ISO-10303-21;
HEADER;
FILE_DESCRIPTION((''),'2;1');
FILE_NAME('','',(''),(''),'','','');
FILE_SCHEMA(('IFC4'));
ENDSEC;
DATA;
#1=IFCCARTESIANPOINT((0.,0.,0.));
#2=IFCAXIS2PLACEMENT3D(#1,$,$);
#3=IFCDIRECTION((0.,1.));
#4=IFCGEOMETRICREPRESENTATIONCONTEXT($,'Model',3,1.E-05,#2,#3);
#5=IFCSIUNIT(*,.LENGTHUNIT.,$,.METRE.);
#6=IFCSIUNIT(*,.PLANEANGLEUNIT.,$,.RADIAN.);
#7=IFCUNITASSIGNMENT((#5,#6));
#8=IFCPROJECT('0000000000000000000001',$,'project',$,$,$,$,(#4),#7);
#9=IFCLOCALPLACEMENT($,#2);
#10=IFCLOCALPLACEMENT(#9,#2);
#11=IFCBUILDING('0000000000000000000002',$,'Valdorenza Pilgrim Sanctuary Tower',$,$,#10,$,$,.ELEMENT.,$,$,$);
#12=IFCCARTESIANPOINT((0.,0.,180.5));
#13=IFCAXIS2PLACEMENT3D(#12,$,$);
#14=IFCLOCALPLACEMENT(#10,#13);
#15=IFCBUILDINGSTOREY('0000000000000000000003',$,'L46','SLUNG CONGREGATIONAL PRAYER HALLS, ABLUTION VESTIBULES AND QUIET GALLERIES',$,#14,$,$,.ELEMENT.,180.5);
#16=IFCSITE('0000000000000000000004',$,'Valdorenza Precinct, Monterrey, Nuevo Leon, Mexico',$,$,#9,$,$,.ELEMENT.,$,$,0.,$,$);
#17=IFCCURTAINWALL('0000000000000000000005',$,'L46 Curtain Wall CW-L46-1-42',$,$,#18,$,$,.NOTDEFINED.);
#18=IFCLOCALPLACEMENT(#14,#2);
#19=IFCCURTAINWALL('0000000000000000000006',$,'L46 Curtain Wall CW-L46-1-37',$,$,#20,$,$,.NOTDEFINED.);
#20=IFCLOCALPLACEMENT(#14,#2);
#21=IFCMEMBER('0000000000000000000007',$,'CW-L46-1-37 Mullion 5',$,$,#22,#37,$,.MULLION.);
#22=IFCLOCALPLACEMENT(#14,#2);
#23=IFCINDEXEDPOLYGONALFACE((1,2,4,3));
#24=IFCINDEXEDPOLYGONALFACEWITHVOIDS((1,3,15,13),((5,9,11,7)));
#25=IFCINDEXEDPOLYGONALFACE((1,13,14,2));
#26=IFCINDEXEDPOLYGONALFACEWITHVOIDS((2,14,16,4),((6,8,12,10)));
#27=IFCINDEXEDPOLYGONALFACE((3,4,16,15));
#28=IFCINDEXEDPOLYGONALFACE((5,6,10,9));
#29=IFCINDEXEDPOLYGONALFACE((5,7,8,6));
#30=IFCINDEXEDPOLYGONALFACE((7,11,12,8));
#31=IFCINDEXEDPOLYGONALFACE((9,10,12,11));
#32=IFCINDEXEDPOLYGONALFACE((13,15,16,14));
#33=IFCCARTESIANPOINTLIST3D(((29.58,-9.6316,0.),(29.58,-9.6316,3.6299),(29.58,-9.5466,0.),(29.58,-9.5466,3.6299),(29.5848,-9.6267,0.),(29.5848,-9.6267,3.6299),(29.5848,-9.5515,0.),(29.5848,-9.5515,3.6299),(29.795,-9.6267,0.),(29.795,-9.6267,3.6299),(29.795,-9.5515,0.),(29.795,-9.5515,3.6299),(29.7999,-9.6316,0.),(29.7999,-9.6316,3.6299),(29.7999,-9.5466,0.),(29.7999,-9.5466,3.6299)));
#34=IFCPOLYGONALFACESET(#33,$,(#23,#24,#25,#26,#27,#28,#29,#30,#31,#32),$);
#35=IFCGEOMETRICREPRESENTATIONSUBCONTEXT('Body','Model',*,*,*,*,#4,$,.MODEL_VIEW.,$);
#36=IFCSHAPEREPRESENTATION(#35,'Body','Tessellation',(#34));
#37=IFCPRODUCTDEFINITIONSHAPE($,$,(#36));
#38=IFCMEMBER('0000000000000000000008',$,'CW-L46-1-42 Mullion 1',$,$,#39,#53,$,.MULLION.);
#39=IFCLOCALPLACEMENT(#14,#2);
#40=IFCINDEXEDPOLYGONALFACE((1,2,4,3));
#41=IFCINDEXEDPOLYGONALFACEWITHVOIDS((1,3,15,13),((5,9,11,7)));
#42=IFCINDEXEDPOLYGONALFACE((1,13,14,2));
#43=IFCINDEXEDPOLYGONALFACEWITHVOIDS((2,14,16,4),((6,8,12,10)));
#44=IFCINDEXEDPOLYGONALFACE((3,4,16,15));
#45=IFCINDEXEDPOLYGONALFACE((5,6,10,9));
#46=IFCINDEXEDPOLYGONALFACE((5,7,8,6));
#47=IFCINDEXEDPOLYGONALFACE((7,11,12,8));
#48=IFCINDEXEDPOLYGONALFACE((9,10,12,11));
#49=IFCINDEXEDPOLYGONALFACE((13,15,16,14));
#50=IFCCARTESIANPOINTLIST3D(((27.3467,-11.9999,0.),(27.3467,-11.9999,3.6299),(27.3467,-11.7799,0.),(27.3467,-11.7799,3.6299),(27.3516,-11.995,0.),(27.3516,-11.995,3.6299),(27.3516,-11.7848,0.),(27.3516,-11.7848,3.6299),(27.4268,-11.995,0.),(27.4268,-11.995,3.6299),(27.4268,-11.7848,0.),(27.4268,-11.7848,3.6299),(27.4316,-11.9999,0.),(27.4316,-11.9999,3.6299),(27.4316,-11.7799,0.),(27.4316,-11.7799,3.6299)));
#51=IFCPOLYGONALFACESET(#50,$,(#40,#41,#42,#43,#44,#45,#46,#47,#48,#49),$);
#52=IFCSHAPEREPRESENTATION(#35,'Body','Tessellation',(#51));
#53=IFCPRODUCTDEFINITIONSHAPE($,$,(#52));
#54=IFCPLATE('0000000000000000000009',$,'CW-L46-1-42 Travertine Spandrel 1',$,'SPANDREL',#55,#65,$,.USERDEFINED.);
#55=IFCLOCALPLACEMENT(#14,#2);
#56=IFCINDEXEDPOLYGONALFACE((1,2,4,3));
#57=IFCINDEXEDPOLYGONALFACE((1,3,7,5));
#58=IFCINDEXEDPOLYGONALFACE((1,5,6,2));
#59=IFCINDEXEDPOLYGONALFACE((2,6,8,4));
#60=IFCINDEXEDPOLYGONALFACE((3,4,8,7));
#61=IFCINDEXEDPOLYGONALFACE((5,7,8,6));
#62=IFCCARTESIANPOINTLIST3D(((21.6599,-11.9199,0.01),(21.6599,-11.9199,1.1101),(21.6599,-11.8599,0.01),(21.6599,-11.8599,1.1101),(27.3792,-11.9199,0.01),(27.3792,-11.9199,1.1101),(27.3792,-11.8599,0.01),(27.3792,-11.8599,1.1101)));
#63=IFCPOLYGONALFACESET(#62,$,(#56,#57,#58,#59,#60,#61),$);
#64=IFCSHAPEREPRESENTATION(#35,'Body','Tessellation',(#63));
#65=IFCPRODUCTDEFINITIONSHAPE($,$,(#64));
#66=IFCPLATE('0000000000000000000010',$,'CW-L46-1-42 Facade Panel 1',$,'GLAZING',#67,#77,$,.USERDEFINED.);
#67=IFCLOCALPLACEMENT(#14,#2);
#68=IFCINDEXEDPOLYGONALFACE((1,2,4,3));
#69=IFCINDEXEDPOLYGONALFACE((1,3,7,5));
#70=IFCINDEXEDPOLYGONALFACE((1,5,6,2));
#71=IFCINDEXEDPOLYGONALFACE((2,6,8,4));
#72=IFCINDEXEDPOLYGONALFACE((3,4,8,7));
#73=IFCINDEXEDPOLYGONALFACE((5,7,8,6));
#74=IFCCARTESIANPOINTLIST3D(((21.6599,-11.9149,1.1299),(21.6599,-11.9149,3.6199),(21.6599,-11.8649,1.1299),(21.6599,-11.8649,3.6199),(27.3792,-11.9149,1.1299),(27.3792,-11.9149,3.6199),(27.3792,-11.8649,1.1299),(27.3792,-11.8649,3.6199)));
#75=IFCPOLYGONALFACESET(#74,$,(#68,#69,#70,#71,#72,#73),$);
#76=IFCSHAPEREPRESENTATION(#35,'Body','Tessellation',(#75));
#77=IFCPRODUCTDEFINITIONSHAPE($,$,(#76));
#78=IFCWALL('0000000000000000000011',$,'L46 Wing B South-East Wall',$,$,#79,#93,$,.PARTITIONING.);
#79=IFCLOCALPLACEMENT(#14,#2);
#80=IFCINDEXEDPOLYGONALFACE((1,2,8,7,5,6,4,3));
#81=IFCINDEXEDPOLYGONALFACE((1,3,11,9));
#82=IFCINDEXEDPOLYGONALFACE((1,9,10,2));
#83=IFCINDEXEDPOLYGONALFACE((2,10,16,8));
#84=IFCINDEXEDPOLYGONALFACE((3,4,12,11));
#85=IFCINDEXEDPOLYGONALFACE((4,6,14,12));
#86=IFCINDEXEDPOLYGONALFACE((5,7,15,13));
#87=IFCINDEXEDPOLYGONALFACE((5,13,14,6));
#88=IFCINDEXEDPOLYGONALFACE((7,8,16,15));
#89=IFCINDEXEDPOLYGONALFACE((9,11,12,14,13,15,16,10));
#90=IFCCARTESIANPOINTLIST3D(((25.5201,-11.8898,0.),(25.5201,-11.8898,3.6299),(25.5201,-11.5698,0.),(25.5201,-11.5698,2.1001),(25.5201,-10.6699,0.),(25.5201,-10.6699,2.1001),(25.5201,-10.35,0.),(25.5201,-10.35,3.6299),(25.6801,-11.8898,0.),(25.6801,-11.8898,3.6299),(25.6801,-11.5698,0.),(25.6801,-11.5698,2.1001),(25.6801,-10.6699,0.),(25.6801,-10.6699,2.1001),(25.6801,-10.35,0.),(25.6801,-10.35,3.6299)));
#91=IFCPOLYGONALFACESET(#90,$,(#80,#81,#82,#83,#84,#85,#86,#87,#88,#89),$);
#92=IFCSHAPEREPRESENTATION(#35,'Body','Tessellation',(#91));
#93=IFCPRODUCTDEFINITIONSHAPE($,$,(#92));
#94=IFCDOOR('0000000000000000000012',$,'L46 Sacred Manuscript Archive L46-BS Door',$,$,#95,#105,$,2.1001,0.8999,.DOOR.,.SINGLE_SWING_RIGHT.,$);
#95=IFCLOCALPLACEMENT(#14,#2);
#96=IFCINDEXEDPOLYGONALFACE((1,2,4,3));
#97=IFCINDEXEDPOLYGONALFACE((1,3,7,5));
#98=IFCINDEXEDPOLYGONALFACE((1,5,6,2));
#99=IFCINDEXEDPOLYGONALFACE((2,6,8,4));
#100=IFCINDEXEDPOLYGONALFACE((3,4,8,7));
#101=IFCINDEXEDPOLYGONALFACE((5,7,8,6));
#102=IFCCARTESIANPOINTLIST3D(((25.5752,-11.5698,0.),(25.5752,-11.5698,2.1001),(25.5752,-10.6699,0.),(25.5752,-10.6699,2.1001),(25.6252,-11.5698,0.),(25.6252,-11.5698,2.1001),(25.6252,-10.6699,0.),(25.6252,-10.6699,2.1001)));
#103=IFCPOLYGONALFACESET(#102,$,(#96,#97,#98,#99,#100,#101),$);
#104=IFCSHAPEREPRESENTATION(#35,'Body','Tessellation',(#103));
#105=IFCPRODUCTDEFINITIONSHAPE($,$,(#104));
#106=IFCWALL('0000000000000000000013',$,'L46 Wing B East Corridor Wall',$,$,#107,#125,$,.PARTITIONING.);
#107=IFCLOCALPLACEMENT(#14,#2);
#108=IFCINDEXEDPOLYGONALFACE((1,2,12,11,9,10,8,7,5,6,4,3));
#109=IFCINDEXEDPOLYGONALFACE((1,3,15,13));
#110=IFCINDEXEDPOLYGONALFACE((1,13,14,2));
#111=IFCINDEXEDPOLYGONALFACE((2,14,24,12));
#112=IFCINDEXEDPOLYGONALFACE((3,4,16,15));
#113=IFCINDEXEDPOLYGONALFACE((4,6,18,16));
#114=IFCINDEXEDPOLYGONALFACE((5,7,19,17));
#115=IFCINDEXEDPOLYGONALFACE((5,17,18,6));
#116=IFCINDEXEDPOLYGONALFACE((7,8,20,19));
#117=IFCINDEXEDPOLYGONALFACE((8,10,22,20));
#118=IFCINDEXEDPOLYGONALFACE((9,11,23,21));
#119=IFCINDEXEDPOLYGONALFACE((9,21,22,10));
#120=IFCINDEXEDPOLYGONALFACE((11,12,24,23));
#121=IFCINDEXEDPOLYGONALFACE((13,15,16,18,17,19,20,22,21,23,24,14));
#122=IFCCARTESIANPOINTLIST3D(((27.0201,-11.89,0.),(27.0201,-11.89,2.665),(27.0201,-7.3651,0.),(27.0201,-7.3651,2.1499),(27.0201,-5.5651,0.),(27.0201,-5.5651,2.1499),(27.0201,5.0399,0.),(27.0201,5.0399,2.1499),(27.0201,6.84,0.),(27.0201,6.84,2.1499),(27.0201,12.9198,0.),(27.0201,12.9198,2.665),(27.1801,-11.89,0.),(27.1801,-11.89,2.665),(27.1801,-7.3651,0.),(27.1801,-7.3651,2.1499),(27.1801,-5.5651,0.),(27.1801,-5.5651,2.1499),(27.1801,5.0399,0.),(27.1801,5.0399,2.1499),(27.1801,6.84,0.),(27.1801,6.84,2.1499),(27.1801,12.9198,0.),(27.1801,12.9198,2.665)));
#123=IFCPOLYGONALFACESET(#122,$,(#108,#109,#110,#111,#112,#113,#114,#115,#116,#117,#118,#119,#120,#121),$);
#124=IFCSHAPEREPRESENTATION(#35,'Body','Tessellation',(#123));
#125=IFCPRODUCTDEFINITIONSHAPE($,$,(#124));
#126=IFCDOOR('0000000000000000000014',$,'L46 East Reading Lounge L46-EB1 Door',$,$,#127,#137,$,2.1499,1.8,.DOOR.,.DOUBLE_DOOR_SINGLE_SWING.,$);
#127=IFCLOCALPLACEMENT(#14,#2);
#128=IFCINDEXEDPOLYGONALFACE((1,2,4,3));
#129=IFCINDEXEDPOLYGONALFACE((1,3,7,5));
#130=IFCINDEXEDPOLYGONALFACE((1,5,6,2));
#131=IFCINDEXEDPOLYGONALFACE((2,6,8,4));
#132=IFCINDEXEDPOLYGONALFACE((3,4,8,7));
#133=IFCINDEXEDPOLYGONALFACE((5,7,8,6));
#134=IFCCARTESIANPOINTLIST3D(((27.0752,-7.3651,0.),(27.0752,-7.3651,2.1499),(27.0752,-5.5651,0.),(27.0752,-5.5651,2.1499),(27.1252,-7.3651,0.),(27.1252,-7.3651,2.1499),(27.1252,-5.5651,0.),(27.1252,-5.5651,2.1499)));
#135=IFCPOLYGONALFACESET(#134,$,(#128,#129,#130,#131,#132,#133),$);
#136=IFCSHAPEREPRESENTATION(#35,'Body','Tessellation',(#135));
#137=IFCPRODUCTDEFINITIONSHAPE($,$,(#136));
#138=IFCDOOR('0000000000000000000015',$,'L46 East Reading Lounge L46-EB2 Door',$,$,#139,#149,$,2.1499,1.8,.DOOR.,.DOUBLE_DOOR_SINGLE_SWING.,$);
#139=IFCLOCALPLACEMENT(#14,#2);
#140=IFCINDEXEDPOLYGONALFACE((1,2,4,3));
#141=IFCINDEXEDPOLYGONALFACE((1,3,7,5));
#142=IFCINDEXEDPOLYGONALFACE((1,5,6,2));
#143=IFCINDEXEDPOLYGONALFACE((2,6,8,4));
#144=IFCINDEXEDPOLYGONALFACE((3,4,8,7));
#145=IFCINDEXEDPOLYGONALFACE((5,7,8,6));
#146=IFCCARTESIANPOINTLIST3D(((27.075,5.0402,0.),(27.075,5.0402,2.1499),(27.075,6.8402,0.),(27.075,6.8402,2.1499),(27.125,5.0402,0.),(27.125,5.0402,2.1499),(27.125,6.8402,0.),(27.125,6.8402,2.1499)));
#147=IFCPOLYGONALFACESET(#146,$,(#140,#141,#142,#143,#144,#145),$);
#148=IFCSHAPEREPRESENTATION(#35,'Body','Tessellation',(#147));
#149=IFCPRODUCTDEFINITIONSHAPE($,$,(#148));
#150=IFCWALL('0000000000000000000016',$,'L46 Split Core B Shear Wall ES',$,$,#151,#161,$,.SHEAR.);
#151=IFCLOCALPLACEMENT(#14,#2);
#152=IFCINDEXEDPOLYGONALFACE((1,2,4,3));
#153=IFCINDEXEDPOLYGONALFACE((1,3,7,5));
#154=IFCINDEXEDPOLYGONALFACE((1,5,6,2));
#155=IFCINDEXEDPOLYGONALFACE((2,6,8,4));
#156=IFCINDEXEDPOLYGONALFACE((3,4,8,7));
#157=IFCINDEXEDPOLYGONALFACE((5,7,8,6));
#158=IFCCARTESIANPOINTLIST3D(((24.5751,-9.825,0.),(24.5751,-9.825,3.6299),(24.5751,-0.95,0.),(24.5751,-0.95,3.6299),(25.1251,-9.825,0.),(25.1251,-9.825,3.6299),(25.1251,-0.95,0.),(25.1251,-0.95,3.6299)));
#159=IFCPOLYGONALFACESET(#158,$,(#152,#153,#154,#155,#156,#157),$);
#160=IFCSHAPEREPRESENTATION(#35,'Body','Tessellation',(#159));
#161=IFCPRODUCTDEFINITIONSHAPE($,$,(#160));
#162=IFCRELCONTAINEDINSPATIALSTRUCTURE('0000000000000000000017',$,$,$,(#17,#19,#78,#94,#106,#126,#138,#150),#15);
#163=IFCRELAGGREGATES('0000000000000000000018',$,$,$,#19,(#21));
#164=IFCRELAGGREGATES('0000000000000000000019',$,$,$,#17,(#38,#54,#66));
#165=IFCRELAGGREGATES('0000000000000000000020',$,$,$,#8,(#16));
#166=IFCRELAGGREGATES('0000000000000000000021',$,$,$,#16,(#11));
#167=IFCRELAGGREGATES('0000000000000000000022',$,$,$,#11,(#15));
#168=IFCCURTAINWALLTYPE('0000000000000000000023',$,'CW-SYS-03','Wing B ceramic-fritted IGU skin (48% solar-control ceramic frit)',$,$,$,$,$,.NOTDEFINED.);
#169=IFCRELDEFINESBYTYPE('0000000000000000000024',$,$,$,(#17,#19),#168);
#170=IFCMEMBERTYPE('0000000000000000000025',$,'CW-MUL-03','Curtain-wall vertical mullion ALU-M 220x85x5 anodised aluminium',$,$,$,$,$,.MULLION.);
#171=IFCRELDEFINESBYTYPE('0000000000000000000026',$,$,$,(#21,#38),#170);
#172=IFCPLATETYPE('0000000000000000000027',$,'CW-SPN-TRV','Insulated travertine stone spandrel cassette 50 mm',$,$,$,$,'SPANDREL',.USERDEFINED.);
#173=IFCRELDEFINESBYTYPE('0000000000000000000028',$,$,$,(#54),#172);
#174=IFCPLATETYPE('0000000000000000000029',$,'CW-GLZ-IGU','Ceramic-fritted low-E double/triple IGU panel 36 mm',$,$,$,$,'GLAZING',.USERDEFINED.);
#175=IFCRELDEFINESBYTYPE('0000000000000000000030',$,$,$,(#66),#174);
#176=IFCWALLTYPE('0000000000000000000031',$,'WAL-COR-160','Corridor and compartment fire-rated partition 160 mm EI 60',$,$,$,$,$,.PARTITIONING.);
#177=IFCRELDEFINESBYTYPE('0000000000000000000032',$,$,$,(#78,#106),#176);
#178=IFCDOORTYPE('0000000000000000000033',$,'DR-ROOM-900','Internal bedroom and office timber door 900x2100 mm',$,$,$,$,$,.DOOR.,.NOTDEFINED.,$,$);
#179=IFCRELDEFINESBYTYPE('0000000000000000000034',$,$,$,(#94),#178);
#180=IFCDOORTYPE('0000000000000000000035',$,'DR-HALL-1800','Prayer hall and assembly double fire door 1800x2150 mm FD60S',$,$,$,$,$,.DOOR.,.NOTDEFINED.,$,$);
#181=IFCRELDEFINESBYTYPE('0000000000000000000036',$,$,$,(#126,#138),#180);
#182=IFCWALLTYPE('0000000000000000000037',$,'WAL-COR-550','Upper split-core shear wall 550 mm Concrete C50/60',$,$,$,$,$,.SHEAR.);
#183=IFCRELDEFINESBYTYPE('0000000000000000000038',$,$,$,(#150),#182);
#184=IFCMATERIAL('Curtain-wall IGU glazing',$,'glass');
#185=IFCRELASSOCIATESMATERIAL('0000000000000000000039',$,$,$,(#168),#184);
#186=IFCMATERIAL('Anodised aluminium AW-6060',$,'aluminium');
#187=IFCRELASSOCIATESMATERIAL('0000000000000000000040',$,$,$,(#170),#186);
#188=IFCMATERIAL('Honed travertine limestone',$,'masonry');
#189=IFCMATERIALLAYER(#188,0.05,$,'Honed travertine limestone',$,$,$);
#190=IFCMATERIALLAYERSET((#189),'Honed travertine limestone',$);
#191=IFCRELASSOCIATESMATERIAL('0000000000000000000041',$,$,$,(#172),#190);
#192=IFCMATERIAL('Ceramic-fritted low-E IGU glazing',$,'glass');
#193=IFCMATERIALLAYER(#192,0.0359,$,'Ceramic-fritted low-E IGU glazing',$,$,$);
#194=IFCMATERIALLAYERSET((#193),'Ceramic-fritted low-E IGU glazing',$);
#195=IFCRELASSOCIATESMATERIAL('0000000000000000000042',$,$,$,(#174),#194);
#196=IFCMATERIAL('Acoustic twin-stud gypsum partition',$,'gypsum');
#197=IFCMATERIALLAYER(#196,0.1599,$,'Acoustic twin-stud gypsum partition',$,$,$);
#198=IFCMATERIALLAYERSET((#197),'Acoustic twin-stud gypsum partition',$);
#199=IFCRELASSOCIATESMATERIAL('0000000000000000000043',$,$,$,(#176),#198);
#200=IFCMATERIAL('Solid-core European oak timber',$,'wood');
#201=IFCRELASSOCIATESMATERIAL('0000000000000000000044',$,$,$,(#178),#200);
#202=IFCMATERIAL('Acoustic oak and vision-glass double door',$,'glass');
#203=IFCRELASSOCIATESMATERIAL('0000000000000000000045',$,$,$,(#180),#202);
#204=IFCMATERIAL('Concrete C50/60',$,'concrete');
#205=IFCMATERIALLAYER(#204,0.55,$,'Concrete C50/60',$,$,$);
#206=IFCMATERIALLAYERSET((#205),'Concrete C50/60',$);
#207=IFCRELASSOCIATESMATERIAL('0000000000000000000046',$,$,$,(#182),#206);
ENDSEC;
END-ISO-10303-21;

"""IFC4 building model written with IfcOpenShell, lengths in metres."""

from ifc_helpers import new_model, si_unit, direction, frame, frame_2d, origin, origin_2d, place, context, subcontext, project, spatial, rectangle, hollow_rectangle, extrude, source, transform, mapped, material, layer, layer_set, material_profile, profile_set, type_object, element, fill, aggregate, save


model = new_model("IFC4")

# Units and contexts
model_context = context("Model", 3, precision=1e-05, world=origin(), true_north=direction((0.0, 1.0)))
body_context = subcontext(model_context, "Body", "Model", "MODEL_VIEW")
ifc_project = project(units=[si_unit("LENGTHUNIT", "METRE"), si_unit("PLANEANGLEUNIT", "RADIAN")], contexts=[model_context])

# Site, building, storey
site_placement = place(None, origin())
site = spatial("IfcSite", under=ifc_project, at=site_placement, Name="Valdorenza Precinct, Monterrey, Nuevo Leon, Mexico", CompositionType="ELEMENT", RefElevation=0.0)
building_placement = place(site_placement, origin())
building = spatial("IfcBuilding", under=site, at=building_placement, Name="Valdorenza Pilgrim Sanctuary Tower", CompositionType="ELEMENT")
storey_placement = place(building_placement, frame((0.0, 0.0, 180.5)))
storey = spatial("IfcBuildingStorey", under=building, at=storey_placement, Name="L46", Description="SLUNG CONGREGATIONAL PRAYER HALLS, ABLUTION VESTIBULES AND QUIET GALLERIES", CompositionType="ELEMENT", Elevation=180.5)

# Shared definitions
ifc_material_1 = material(Name="Concrete C50/60", Category="concrete")

# Curtain walls, member
ifc_material_2 = material(Name="Curtain-wall IGU glazing", Category="glass")
curtain_wall_type = type_object("IfcCurtainWallType", Name="CW-SYS-03", Description="Wing B ceramic-fritted IGU skin (48% solar-control ceramic frit)", PredefinedType="NOTDEFINED", material=ifc_material_2)
curtain_wall_1_placement = place(storey_placement, origin())
curtain_wall_1 = element("IfcCurtainWall", 1, at=curtain_wall_1_placement, inside=storey, type_object=curtain_wall_type, Name="L46 Curtain Wall CW-L46-1-42", PredefinedType="NOTDEFINED")
ifc_material_3 = material(Name="Anodised aluminium AW-6060", Category="aluminium")
curtain_wall_2_placement = place(storey_placement, origin())
curtain_wall_2 = element("IfcCurtainWall", 2, at=curtain_wall_2_placement, inside=storey, type_object=curtain_wall_type, Name="L46 Curtain Wall CW-L46-1-37", PredefinedType="NOTDEFINED")
ifc_material_profile_1 = material_profile(ifc_material_3, hollow_rectangle(XDim=0.085, YDim=0.22, WallThickness=0.0049, at=origin_2d()), Name="ALU-M 220x85x5")
ifc_profile_set_1 = profile_set([ifc_material_profile_1], Name="Anodised aluminium AW-6060")
member_type_1 = type_object("IfcMemberType", Name="CW-MUL-03", Description="Curtain-wall vertical mullion ALU-M 220x85x5 anodised aluminium", PredefinedType="MULLION", material=ifc_profile_set_1)
shared_shape_1 = source(origin(), body_context, "Body", "SweptSolid", [
    extrude(hollow_rectangle(XDim=0.085, YDim=0.22, WallThickness=0.0049, at=origin_2d()), origin(), (0.0, 0.0, 1.0), 3.6299),
])
member_1_placement = place(storey_placement, frame((29.6899, -9.5891, 0.0), z_axis=(0.0, 0.0, 1.0), x_axis=(0.0, -1.0, 0.0)))
member_1 = element("IfcMember", 3, at=member_1_placement, type_object=member_type_1, Name="CW-L46-1-37 Mullion 5", PredefinedType="MULLION", context=body_context, shape_type="MappedRepresentation", body=[
    mapped(shared_shape_1, transform((0.0, 0.0, 0.0), x_axis=(1.0, 0.0, 0.0), y_axis=(0.0, 1.0, 0.0), z_axis=(0.0, 0.0, 1.0), scale=1.0)),
])
aggregate(curtain_wall_2, [member_1])

# Member
member_2_placement = place(storey_placement, frame((27.3892, -11.8899, 0.0), z_axis=(0.0, 0.0, 1.0), x_axis=(-1.0, 0.0, 0.0)))
member_2 = element("IfcMember", 4, at=member_2_placement, type_object=member_type_1, Name="CW-L46-1-42 Mullion 1", PredefinedType="MULLION", context=body_context, shape_type="MappedRepresentation", body=[
    mapped(shared_shape_1, transform((0.0, 0.0, 0.0), x_axis=(1.0, 0.0, 0.0), y_axis=(0.0, 1.0, 0.0), z_axis=(0.0, 0.0, 1.0), scale=1.0)),
])

# Plates
ifc_material_4 = material(Name="Honed travertine limestone", Category="masonry")
ifc_layer_1 = layer(ifc_material_4, 0.05, Name="Honed travertine limestone")
ifc_layer_set_1 = layer_set([ifc_layer_1], Name="Honed travertine limestone")
plate_type_1 = type_object("IfcPlateType", Name="CW-SPN-TRV", Description="Insulated travertine stone spandrel cassette 50 mm", ElementType="SPANDREL", PredefinedType="USERDEFINED", material=ifc_layer_set_1)
shared_shape_2 = source(origin(), body_context, "Body", "SweptSolid", [
    extrude(rectangle(XDim=5.7192, YDim=0.0601, at=origin_2d()), origin(), (0.0, 0.0, 1.0), 1.1001),
])
plate_1_placement = place(storey_placement, frame((24.5195, -11.8899, 0.01), z_axis=(0.0, 0.0, 1.0), x_axis=(-1.0, 0.0, 0.0)))
plate_1 = element("IfcPlate", 5, at=plate_1_placement, type_object=plate_type_1, Name="CW-L46-1-42 Travertine Spandrel 1", ObjectType="SPANDREL", PredefinedType="USERDEFINED", context=body_context, shape_type="MappedRepresentation", body=[
    mapped(shared_shape_2, transform((0.0, 0.0, 0.0), x_axis=(1.0, 0.0, 0.0), y_axis=(0.0, 1.0, 0.0), z_axis=(0.0, 0.0, 1.0), scale=1.0)),
])
ifc_material_5 = material(Name="Ceramic-fritted low-E IGU glazing", Category="glass")
ifc_layer_2 = layer(ifc_material_5, 0.0359, Name="Ceramic-fritted low-E IGU glazing")
ifc_layer_set_2 = layer_set([ifc_layer_2], Name="Ceramic-fritted low-E IGU glazing")
plate_type_2 = type_object("IfcPlateType", Name="CW-GLZ-IGU", Description="Ceramic-fritted low-E double/triple IGU panel 36 mm", ElementType="GLAZING", PredefinedType="USERDEFINED", material=ifc_layer_set_2)
shared_shape_3 = source(origin(), body_context, "Body", "SweptSolid", [
    extrude(rectangle(XDim=5.7192, YDim=0.05, at=origin_2d()), origin(), (0.0, 0.0, 1.0), 2.49),
])
plate_2_placement = place(storey_placement, frame((24.5195, -11.8899, 1.1299), z_axis=(0.0, 0.0, 1.0), x_axis=(-1.0, 0.0, 0.0)))
plate_2 = element("IfcPlate", 6, at=plate_2_placement, type_object=plate_type_2, Name="CW-L46-1-42 Facade Panel 1", ObjectType="GLAZING", PredefinedType="USERDEFINED", context=body_context, shape_type="MappedRepresentation", body=[
    mapped(shared_shape_3, transform((0.0, 0.0, 0.0), x_axis=(1.0, 0.0, 0.0), y_axis=(0.0, 1.0, 0.0), z_axis=(0.0, 0.0, 1.0), scale=1.0)),
])
aggregate(curtain_wall_1, [member_2, plate_1, plate_2])

# Wall, opening, door
ifc_material_6 = material(Name="Acoustic twin-stud gypsum partition", Category="gypsum")
ifc_layer_3 = layer(ifc_material_6, 0.1599, Name="Acoustic twin-stud gypsum partition")
ifc_layer_set_3 = layer_set([ifc_layer_3], Name="Acoustic twin-stud gypsum partition")
wall_type_1 = type_object("IfcWallType", Name="WAL-COR-160", Description="Corridor and compartment fire-rated partition 160 mm EI 60", PredefinedType="PARTITIONING", material=ifc_layer_set_3)
wall_1_placement = place(storey_placement, frame((25.6001, -11.8899, 0.0), z_axis=(0.0, 0.0, 1.0), x_axis=(0.0, 1.0, 0.0)))
wall_1 = element("IfcWall", 7, at=wall_1_placement, inside=storey, type_object=wall_type_1, Name="L46 Wing B South-East Wall", PredefinedType="PARTITIONING", context=body_context, shape_type="SweptSolid", body=[
    extrude(rectangle(XDim=1.5398, YDim=0.1599, at=frame_2d((0.77, 0.0))), origin(), (0.0, 0.0, 1.0), 3.6299),
])
opening_1_placement = place(wall_1_placement, frame((0.3201, 0.0, 0.0)))
opening_1 = element("IfcOpeningElement", 8, at=opening_1_placement, cuts=wall_1, PredefinedType="OPENING", context=body_context, shape_type="SweptSolid", body=[
    extrude(rectangle(XDim=0.8999, YDim=2.1001, at=frame_2d((0.45, 1.05))), frame((0.0, 0.0947, 0.0), z_axis=(0.0, -1.0, 0.0), x_axis=(1.0, 0.0, 0.0)), (0.0, 0.0, 1.0), 0.1897),
])
ifc_material_7 = material(Name="Solid-core European oak timber", Category="wood")
door_type_1 = type_object("IfcDoorType", Name="DR-ROOM-900", Description="Internal bedroom and office timber door 900x2100 mm", OperationType="NOTDEFINED", PredefinedType="DOOR", material=ifc_material_7)
door_1_placement = place(opening_1_placement, origin())
door_1 = element("IfcDoor", 9, at=door_1_placement, inside=storey, type_object=door_type_1, Name="L46 Sacred Manuscript Archive L46-BS Door", OperationType="SINGLE_SWING_RIGHT", OverallHeight=2.1001, OverallWidth=0.8999, PredefinedType="DOOR", context=body_context, shape_type="SweptSolid", body=[
    extrude(rectangle(XDim=0.8999, YDim=2.1001, at=frame_2d((0.45, 1.05))), frame((0.0, 0.0249, 0.0), z_axis=(0.0, -1.0, 0.0), x_axis=(1.0, 0.0, 0.0)), (0.0, 0.0, 1.0), 0.05),
])
fill(opening_1, door_1)

# Wall, openings, doors
wall_2_placement = place(storey_placement, frame((27.1001, -11.8899, 0.0), z_axis=(0.0, 0.0, 1.0), x_axis=(0.0, 1.0, 0.0)))
wall_2 = element("IfcWall", 10, at=wall_2_placement, inside=storey, type_object=wall_type_1, Name="L46 Wing B East Corridor Wall", PredefinedType="PARTITIONING", context=body_context, shape_type="SweptSolid", body=[
    extrude(rectangle(XDim=24.8098, YDim=0.1599, at=frame_2d((12.4048, 0.0))), origin(), (0.0, 0.0, 1.0), 2.665),
])
opening_2_placement = place(wall_2_placement, frame((4.5249, 0.0, 0.0)))
opening_2 = element("IfcOpeningElement", 11, at=opening_2_placement, cuts=wall_2, PredefinedType="OPENING", context=body_context, shape_type="SweptSolid", body=[
    extrude(rectangle(XDim=1.8, YDim=2.1499, at=frame_2d((0.8999, 1.075))), frame((0.0, 0.0947, 0.0), z_axis=(0.0, -1.0, 0.0), x_axis=(1.0, 0.0, 0.0)), (0.0, 0.0, 1.0), 0.1897),
])
opening_3_placement = place(wall_2_placement, frame((16.9299, 0.0, 0.0)))
opening_3 = element("IfcOpeningElement", 12, at=opening_3_placement, cuts=wall_2, PredefinedType="OPENING", context=body_context, shape_type="SweptSolid", body=[
    extrude(rectangle(XDim=1.8, YDim=2.1499, at=frame_2d((0.8999, 1.075))), frame((0.0, 0.0947, 0.0), z_axis=(0.0, -1.0, 0.0), x_axis=(1.0, 0.0, 0.0)), (0.0, 0.0, 1.0), 0.1897),
])
ifc_material_8 = material(Name="Acoustic oak and vision-glass double door", Category="glass")
door_type_2 = type_object("IfcDoorType", Name="DR-HALL-1800", Description="Prayer hall and assembly double fire door 1800x2150 mm FD60S", OperationType="NOTDEFINED", PredefinedType="DOOR", material=ifc_material_8)
door_2_placement = place(opening_2_placement, origin())
door_2 = element("IfcDoor", 13, at=door_2_placement, inside=storey, type_object=door_type_2, Name="L46 East Reading Lounge L46-EB1 Door", OperationType="DOUBLE_DOOR_SINGLE_SWING", OverallHeight=2.1499, OverallWidth=1.8, PredefinedType="DOOR", context=body_context, shape_type="SweptSolid", body=[
    extrude(rectangle(XDim=1.8, YDim=2.1499, at=frame_2d((0.8999, 1.075))), frame((0.0, 0.0249, 0.0), z_axis=(0.0, -1.0, 0.0), x_axis=(1.0, 0.0, 0.0)), (0.0, 0.0, 1.0), 0.05),
])
fill(opening_2, door_2)
door_3_placement = place(opening_3_placement, frame((1.8, 0.0, 0.0), z_axis=(0.0, 0.0, 1.0), x_axis=(-1.0, 0.0, 0.0)))
door_3 = element("IfcDoor", 14, at=door_3_placement, inside=storey, type_object=door_type_2, Name="L46 East Reading Lounge L46-EB2 Door", OperationType="DOUBLE_DOOR_SINGLE_SWING", OverallHeight=2.1499, OverallWidth=1.8, PredefinedType="DOOR", context=body_context, shape_type="SweptSolid", body=[
    extrude(rectangle(XDim=1.8, YDim=2.1499, at=frame_2d((0.8999, 1.075))), frame((0.0, 0.0249, 0.0), z_axis=(0.0, -1.0, 0.0), x_axis=(1.0, 0.0, 0.0)), (0.0, 0.0, 1.0), 0.05),
])
fill(opening_3, door_3)

# Wall
ifc_layer_4 = layer(ifc_material_1, 0.55, Name="Concrete C50/60")
ifc_layer_set_4 = layer_set([ifc_layer_4], Name="Concrete C50/60")
wall_type_2 = type_object("IfcWallType", Name="WAL-COR-550", Description="Upper split-core shear wall 550 mm Concrete C50/60", PredefinedType="SHEAR", material=ifc_layer_set_4)
wall_3_placement = place(storey_placement, frame((24.8501, -9.825, 0.0), z_axis=(0.0, 0.0, 1.0), x_axis=(0.0, 1.0, 0.0)))
element("IfcWall", 15, at=wall_3_placement, inside=storey, type_object=wall_type_2, Name="L46 Split Core B Shear Wall ES", PredefinedType="SHEAR", context=body_context, shape_type="SweptSolid", body=[
    extrude(rectangle(XDim=8.875, YDim=0.55, at=frame_2d((4.4375, 0.0))), origin(), (0.0, 0.0, 1.0), 3.6299),
])

save(model, "model.ifc")
